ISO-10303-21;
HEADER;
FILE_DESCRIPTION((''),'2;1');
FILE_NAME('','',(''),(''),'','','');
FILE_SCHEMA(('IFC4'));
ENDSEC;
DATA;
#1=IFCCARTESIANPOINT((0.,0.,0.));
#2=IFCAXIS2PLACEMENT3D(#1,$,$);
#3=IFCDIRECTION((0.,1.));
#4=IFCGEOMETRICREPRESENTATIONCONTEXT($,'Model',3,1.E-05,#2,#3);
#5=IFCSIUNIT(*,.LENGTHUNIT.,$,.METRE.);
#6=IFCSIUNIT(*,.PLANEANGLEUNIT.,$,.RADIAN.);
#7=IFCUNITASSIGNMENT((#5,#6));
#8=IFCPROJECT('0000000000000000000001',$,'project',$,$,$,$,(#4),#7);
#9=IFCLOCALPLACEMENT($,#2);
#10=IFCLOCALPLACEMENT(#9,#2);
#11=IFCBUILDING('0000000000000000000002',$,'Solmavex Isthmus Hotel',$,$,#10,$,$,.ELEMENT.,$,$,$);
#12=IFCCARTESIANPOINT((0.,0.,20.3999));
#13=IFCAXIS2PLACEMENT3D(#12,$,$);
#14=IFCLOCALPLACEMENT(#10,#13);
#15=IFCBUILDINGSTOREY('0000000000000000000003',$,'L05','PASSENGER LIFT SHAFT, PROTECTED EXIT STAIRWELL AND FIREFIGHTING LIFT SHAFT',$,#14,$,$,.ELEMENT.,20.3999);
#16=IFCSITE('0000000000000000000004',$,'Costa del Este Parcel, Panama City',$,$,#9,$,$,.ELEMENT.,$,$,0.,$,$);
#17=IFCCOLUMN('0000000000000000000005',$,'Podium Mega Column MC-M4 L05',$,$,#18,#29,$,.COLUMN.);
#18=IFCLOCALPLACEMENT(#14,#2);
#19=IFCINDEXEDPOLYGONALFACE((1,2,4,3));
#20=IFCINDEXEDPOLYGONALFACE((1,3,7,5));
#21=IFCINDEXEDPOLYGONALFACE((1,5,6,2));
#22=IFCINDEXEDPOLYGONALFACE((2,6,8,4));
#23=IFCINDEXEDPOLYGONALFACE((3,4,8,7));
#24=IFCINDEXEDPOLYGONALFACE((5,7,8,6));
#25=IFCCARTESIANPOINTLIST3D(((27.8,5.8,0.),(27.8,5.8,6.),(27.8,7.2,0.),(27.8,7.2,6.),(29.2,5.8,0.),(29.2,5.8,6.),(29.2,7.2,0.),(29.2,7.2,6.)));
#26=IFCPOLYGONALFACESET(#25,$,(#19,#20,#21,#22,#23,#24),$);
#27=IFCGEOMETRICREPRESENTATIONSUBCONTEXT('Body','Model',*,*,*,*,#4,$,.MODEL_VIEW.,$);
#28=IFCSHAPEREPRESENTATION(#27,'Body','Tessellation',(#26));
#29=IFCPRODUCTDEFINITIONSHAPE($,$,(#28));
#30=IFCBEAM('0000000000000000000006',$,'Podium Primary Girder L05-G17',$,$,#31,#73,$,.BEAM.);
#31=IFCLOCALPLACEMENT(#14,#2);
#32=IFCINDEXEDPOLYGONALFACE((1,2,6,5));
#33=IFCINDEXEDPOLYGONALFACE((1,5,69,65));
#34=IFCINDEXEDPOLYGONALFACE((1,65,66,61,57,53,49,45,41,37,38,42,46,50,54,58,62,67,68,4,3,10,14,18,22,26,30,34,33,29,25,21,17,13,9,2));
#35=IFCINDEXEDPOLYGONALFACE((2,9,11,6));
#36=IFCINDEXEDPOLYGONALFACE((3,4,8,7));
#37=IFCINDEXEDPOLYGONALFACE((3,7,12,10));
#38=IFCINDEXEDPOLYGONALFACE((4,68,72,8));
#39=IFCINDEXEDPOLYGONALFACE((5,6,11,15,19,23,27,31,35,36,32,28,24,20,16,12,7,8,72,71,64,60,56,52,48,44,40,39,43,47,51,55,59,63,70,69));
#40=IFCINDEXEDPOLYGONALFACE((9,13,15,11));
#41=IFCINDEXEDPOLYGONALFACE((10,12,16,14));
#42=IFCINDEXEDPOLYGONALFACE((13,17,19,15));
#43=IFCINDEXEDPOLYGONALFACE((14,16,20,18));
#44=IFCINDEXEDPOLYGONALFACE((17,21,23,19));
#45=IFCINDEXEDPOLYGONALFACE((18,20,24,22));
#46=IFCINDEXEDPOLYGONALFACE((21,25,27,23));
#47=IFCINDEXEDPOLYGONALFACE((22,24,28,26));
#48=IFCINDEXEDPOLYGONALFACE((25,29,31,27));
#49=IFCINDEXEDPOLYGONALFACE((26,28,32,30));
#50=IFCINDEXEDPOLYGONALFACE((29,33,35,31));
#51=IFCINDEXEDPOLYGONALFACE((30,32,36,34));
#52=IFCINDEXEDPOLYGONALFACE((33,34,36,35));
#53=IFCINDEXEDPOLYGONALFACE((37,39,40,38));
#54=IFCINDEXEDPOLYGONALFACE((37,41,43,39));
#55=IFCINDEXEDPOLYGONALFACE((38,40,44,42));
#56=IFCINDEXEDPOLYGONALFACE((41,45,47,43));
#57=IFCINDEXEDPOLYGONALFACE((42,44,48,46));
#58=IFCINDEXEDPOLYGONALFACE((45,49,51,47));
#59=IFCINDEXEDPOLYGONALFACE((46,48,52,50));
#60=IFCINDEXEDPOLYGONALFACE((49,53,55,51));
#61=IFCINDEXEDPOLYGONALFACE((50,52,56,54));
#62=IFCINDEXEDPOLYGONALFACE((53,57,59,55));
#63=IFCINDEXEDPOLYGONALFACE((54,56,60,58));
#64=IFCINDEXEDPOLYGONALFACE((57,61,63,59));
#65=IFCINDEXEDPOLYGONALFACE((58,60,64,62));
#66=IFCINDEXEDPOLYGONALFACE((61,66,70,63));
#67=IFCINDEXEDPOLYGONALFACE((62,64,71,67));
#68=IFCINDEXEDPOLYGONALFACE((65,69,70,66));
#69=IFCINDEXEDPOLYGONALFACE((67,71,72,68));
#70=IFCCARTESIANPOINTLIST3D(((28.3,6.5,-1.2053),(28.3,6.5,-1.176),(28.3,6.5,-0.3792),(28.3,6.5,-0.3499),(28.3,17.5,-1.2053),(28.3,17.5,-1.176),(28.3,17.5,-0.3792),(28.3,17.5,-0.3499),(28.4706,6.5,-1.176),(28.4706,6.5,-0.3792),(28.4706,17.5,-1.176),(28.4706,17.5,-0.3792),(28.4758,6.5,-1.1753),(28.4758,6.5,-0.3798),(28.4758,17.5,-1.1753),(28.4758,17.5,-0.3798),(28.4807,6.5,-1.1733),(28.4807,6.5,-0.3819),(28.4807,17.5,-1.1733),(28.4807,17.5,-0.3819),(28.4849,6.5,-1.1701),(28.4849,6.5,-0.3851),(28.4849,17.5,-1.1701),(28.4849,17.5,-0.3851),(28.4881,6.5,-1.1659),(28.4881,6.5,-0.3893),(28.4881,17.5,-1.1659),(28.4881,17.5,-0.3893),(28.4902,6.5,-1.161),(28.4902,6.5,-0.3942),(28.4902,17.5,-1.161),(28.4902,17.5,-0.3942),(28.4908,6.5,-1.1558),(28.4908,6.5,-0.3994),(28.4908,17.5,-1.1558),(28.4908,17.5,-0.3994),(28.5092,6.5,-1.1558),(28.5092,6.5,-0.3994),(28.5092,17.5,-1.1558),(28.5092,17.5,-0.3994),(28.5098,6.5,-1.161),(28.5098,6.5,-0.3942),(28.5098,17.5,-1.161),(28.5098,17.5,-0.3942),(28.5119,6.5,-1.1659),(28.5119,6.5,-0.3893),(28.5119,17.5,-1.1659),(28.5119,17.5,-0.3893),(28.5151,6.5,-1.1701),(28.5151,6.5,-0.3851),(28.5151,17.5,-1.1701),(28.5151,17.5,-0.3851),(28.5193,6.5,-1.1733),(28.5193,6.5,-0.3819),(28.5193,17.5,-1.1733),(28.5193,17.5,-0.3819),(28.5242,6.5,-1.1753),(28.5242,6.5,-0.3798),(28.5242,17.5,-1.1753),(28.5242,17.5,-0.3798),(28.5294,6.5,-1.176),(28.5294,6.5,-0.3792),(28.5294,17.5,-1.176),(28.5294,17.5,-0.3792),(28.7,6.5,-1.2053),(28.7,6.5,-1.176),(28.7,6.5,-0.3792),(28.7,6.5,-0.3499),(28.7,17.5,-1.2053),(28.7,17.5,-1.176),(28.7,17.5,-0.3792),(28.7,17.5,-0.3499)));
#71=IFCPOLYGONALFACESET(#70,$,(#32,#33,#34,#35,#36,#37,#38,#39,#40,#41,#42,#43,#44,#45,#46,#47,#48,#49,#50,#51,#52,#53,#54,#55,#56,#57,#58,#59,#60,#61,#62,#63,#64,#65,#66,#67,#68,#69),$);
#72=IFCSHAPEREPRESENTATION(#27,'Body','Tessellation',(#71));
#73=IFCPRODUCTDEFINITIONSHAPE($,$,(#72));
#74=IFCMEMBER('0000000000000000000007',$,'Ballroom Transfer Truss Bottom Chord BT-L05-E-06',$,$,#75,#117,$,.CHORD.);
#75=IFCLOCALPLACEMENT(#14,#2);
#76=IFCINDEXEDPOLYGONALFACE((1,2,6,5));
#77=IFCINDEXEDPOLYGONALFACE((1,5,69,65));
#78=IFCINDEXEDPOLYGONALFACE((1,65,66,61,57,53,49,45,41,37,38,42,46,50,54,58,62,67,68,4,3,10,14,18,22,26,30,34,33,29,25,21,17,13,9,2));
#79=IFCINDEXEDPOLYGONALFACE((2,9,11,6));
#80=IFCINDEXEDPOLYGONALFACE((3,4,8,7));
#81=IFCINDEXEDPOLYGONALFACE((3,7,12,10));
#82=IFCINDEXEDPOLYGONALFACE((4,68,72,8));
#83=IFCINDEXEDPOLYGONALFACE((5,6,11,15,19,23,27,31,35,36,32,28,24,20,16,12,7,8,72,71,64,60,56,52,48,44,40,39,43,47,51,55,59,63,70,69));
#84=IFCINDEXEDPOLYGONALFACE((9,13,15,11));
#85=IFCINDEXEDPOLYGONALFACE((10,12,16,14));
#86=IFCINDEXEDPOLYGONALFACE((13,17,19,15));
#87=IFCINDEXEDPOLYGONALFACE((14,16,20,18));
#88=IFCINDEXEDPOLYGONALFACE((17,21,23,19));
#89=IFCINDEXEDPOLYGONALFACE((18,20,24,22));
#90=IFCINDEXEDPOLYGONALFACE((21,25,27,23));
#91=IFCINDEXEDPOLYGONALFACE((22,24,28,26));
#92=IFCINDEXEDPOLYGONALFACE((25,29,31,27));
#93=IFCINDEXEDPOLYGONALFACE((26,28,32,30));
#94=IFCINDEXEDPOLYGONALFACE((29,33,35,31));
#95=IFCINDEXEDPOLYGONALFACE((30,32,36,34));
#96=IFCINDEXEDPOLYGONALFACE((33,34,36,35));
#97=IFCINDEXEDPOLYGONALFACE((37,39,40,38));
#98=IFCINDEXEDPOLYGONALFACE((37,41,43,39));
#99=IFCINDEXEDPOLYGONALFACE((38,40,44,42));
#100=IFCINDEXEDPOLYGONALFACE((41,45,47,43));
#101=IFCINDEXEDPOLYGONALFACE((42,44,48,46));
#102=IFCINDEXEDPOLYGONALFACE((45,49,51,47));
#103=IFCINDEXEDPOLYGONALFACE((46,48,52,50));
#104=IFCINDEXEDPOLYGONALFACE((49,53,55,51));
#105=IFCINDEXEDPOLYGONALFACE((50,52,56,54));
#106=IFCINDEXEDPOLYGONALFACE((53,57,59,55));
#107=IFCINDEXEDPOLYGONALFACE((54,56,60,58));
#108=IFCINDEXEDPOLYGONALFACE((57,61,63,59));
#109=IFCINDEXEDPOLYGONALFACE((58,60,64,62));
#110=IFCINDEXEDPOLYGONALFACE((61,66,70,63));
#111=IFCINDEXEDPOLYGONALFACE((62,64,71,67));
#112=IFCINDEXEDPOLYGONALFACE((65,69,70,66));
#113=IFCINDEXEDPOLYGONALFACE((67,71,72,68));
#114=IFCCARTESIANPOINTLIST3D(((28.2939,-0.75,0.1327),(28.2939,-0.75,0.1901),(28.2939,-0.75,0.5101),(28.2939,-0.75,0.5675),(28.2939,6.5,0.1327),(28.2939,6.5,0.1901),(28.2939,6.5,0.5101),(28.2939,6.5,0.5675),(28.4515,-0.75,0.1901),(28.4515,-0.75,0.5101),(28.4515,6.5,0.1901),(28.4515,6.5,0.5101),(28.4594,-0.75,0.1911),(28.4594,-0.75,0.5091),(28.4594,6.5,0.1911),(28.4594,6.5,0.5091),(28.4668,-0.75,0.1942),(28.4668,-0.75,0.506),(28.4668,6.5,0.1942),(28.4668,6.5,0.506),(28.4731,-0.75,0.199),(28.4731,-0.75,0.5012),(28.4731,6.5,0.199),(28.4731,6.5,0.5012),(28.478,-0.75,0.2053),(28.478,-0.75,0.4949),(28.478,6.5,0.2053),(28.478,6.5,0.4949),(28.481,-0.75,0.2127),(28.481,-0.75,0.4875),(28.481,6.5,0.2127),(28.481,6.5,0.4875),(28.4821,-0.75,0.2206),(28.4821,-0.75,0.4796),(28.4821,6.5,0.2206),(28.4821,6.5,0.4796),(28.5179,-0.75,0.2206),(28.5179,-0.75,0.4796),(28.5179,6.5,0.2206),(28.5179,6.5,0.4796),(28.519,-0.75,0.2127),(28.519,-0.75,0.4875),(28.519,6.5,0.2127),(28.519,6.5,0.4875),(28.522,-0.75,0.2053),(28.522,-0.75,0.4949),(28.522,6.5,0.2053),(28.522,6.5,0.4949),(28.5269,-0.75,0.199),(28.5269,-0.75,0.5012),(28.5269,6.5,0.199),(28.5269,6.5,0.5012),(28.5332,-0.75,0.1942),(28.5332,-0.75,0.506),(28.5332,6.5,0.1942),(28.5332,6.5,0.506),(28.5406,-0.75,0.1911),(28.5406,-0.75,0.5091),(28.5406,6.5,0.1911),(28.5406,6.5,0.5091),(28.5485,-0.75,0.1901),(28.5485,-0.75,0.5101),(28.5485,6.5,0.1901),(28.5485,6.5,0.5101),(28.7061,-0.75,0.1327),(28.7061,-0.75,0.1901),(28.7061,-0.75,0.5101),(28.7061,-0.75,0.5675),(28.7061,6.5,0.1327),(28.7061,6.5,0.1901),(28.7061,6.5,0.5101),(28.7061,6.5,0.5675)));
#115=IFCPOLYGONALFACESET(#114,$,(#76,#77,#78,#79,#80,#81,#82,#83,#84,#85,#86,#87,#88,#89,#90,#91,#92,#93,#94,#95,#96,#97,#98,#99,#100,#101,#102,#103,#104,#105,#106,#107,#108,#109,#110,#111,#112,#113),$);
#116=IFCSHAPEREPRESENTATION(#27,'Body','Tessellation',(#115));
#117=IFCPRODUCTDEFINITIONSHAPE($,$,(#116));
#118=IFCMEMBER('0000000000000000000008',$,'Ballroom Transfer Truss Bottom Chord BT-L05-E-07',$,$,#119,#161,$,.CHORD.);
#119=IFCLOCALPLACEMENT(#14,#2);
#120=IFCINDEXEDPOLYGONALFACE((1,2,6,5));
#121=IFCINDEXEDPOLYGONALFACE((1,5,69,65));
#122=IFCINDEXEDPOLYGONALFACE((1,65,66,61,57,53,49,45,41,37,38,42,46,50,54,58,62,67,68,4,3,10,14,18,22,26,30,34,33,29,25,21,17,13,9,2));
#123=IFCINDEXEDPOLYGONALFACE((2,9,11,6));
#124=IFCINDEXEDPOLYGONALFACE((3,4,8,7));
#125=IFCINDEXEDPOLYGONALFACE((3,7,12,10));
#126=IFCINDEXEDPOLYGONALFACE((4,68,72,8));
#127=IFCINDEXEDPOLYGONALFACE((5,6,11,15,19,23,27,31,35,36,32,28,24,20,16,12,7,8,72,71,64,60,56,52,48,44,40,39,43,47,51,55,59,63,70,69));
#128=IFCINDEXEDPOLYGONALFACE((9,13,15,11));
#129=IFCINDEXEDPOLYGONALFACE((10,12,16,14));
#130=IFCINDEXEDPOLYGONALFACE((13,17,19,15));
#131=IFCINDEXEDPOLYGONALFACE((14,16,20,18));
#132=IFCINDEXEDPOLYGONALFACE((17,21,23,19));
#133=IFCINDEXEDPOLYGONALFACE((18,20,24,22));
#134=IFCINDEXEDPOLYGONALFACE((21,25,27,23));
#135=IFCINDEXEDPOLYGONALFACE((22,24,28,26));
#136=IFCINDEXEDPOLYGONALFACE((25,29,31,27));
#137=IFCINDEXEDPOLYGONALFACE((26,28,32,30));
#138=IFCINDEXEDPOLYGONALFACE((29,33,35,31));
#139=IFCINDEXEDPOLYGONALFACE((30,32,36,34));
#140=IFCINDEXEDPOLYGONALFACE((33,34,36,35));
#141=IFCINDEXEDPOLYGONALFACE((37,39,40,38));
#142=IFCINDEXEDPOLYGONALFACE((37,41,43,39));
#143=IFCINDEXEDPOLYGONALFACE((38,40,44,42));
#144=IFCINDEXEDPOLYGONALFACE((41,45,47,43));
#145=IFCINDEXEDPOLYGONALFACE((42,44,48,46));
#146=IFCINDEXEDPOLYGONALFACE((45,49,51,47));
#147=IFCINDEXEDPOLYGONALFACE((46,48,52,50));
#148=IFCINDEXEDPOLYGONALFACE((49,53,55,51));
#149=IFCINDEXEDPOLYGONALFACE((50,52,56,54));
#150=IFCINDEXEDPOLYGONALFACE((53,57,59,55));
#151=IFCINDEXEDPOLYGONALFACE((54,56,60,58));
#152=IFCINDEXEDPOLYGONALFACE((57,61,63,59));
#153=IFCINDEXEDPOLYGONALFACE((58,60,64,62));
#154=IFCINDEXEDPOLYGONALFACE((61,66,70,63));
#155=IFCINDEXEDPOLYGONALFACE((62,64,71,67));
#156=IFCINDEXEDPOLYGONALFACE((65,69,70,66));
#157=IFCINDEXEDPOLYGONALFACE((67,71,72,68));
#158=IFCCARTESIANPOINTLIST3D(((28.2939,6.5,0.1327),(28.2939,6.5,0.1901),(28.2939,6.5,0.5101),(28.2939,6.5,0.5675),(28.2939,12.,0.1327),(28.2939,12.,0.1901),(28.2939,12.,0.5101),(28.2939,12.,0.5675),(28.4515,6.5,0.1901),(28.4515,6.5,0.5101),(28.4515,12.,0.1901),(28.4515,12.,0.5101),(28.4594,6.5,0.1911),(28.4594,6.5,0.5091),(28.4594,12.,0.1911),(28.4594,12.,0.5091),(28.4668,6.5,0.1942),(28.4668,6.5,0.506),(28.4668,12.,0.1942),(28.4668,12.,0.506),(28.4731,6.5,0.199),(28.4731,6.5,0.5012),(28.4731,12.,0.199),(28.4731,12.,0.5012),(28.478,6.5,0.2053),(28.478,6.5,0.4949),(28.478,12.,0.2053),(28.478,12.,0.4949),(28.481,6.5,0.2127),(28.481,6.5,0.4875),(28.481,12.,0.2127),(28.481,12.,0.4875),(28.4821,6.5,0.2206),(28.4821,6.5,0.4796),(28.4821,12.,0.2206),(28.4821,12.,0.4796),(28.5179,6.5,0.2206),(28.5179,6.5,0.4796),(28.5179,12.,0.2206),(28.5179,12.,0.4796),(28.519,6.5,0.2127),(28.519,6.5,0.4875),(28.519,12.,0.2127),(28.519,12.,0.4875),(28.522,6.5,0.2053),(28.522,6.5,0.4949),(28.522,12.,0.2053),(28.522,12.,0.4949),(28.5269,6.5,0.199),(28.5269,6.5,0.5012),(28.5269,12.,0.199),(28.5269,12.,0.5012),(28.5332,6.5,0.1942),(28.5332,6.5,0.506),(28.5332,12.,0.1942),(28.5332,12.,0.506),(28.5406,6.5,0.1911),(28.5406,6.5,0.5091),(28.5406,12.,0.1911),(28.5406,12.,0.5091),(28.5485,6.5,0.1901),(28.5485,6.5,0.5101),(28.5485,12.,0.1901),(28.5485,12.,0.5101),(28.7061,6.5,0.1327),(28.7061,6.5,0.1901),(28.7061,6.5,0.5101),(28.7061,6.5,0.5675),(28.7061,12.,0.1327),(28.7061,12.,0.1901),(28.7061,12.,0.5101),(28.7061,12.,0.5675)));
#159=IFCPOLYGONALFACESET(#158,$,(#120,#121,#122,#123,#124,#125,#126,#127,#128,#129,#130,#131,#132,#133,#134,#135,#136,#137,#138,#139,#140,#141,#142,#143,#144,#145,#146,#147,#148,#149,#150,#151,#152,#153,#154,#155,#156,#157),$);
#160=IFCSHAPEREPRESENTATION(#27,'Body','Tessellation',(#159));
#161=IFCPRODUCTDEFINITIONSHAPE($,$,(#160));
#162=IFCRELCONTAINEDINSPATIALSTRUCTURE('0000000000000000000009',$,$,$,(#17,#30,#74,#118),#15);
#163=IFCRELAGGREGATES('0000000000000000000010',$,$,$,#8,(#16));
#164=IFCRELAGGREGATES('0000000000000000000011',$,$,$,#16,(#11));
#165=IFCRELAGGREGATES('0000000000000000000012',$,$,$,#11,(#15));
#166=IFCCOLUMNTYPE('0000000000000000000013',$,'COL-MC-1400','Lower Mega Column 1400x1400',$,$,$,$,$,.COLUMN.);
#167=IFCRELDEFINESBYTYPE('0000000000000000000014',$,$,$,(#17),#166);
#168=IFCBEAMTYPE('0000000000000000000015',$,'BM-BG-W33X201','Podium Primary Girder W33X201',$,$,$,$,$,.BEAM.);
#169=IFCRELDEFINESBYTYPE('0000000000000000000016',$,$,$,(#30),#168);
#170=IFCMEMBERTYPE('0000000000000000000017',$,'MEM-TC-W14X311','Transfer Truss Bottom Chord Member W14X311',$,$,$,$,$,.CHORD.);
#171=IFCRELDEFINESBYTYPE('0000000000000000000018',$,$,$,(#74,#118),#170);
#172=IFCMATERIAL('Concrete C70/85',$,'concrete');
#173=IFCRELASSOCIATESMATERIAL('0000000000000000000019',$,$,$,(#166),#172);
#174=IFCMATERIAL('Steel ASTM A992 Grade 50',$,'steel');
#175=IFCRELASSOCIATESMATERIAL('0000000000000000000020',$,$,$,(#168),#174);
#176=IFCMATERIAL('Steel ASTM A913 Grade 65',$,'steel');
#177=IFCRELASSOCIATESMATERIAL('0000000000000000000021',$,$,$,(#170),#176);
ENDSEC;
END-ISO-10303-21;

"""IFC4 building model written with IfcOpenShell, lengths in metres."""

from ifc_helpers import new_model, si_unit, direction, frame, origin, origin_2d, place, context, subcontext, project, spatial, rectangle, i_section, extrude, material, material_profile, profile_set, type_object, element, save


model = new_model("IFC4")

# Units and contexts
model_context = context("Model", 3, precision=1e-05, world=origin(), true_north=direction((0.0, 1.0)))
body_context = subcontext(model_context, "Body", "Model", "MODEL_VIEW")
ifc_project = project(units=[si_unit("LENGTHUNIT", "METRE"), si_unit("PLANEANGLEUNIT", "RADIAN")], contexts=[model_context])

# Site, building, storey
site_placement = place(None, origin())
site = spatial("IfcSite", under=ifc_project, at=site_placement, Name="Costa del Este Parcel, Panama City", CompositionType="ELEMENT", RefElevation=0.0)
building_placement = place(site_placement, origin())
building = spatial("IfcBuilding", under=site, at=building_placement, Name="Solmavex Isthmus Hotel", CompositionType="ELEMENT")
storey_placement = place(building_placement, frame((0.0, 0.0, 20.3999)))
storey = spatial("IfcBuildingStorey", under=building, at=storey_placement, Name="L05", Description="PASSENGER LIFT SHAFT, PROTECTED EXIT STAIRWELL AND FIREFIGHTING LIFT SHAFT", CompositionType="ELEMENT", Elevation=20.3999)

# Column
ifc_material_1 = material(Name="Concrete C70/85", Category="concrete")
ifc_material_profile_1 = material_profile(ifc_material_1, rectangle(XDim=1.3999, YDim=1.3999, at=origin_2d()), Name="RC1400X1400")
ifc_profile_set_1 = profile_set([ifc_material_profile_1], Name="Concrete C70/85")
column_type = type_object("IfcColumnType", Name="COL-MC-1400", Description="Lower Mega Column 1400x1400", PredefinedType="COLUMN", material=ifc_profile_set_1)
column_placement = place(storey_placement, frame((28.5, 6.5, 0.0), z_axis=(0.0, 0.0, 1.0), x_axis=(1.0, 0.0, 0.0)))
element("IfcColumn", 1, at=column_placement, inside=storey, type_object=column_type, Name="Podium Mega Column MC-M4 L05", PredefinedType="COLUMN", context=body_context, shape_type="SweptSolid", body=[
    extrude(rectangle(XDim=1.3999, YDim=1.3999, at=origin_2d()), origin(), (0.0, 0.0, 1.0), 6.0),
])

# Beam
ifc_material_2 = material(Name="Steel ASTM A992 Grade 50", Category="steel")
ifc_material_profile_2 = material_profile(ifc_material_2, i_section(OverallWidth=0.3999, OverallDepth=0.8555, WebThickness=0.0183, FlangeThickness=0.0293, FilletRadius=0.0203, at=origin_2d()), Name="W33X201")
ifc_profile_set_2 = profile_set([ifc_material_profile_2], Name="Steel ASTM A992 Grade 50")
beam_type = type_object("IfcBeamType", Name="BM-BG-W33X201", Description="Podium Primary Girder W33X201", PredefinedType="BEAM", material=ifc_profile_set_2)
beam_placement = place(storey_placement, frame((28.5, 6.5, -0.7776), z_axis=(0.0, 1.0, 0.0), x_axis=(-1.0, 0.0, 0.0)))
element("IfcBeam", 2, at=beam_placement, inside=storey, type_object=beam_type, Name="Podium Primary Girder L05-G17", PredefinedType="BEAM", context=body_context, shape_type="SweptSolid", body=[
    extrude(i_section(OverallWidth=0.3999, OverallDepth=0.8555, WebThickness=0.0183, FlangeThickness=0.0293, FilletRadius=0.0203, at=origin_2d()), origin(), (0.0, 0.0, 1.0), 11.0),
])

# Members
ifc_material_3 = material(Name="Steel ASTM A913 Grade 65", Category="steel")
ifc_material_profile_3 = material_profile(ifc_material_3, i_section(OverallWidth=0.4121, OverallDepth=0.4348, WebThickness=0.0359, FlangeThickness=0.0574, FilletRadius=0.0305, at=origin_2d()), Name="W14X311")
ifc_profile_set_3 = profile_set([ifc_material_profile_3], Name="Steel ASTM A913 Grade 65")
member_type_1 = type_object("IfcMemberType", Name="MEM-TC-W14X311", Description="Transfer Truss Bottom Chord Member W14X311", PredefinedType="CHORD", material=ifc_profile_set_3)
member_1_placement = place(storey_placement, frame((28.5, -0.75, 0.3501), z_axis=(0.0, 1.0, 0.0), x_axis=(-1.0, 0.0, 0.0)))
element("IfcMember", 3, at=member_1_placement, inside=storey, type_object=member_type_1, Name="Ballroom Transfer Truss Bottom Chord BT-L05-E-06", PredefinedType="CHORD", context=body_context, shape_type="SweptSolid", body=[
    extrude(i_section(OverallWidth=0.4121, OverallDepth=0.4348, WebThickness=0.0359, FlangeThickness=0.0574, FilletRadius=0.0305, at=origin_2d()), origin(), (0.0, 0.0, 1.0), 7.25),
])
for number, where, z_axis, x_axis, name in (
    (4, (28.5, 6.5, 0.3501), (0.0, 1.0, 0.0), (-1.0, 0.0, 0.0), "Ballroom Transfer Truss Bottom Chord BT-L05-E-07"),
):
    element("IfcMember", number, at=place(storey_placement, frame(where, z_axis=z_axis, x_axis=x_axis)), inside=storey, type_object=member_type_1, Name=name, PredefinedType="CHORD", context=body_context, shape_type="SweptSolid", body=[
        extrude(i_section(OverallWidth=0.4121, OverallDepth=0.4348, WebThickness=0.0359, FlangeThickness=0.0574, FilletRadius=0.0305, at=origin_2d()), origin(), (0.0, 0.0, 1.0), 5.5),
    ])

save(model, "model.ifc")
